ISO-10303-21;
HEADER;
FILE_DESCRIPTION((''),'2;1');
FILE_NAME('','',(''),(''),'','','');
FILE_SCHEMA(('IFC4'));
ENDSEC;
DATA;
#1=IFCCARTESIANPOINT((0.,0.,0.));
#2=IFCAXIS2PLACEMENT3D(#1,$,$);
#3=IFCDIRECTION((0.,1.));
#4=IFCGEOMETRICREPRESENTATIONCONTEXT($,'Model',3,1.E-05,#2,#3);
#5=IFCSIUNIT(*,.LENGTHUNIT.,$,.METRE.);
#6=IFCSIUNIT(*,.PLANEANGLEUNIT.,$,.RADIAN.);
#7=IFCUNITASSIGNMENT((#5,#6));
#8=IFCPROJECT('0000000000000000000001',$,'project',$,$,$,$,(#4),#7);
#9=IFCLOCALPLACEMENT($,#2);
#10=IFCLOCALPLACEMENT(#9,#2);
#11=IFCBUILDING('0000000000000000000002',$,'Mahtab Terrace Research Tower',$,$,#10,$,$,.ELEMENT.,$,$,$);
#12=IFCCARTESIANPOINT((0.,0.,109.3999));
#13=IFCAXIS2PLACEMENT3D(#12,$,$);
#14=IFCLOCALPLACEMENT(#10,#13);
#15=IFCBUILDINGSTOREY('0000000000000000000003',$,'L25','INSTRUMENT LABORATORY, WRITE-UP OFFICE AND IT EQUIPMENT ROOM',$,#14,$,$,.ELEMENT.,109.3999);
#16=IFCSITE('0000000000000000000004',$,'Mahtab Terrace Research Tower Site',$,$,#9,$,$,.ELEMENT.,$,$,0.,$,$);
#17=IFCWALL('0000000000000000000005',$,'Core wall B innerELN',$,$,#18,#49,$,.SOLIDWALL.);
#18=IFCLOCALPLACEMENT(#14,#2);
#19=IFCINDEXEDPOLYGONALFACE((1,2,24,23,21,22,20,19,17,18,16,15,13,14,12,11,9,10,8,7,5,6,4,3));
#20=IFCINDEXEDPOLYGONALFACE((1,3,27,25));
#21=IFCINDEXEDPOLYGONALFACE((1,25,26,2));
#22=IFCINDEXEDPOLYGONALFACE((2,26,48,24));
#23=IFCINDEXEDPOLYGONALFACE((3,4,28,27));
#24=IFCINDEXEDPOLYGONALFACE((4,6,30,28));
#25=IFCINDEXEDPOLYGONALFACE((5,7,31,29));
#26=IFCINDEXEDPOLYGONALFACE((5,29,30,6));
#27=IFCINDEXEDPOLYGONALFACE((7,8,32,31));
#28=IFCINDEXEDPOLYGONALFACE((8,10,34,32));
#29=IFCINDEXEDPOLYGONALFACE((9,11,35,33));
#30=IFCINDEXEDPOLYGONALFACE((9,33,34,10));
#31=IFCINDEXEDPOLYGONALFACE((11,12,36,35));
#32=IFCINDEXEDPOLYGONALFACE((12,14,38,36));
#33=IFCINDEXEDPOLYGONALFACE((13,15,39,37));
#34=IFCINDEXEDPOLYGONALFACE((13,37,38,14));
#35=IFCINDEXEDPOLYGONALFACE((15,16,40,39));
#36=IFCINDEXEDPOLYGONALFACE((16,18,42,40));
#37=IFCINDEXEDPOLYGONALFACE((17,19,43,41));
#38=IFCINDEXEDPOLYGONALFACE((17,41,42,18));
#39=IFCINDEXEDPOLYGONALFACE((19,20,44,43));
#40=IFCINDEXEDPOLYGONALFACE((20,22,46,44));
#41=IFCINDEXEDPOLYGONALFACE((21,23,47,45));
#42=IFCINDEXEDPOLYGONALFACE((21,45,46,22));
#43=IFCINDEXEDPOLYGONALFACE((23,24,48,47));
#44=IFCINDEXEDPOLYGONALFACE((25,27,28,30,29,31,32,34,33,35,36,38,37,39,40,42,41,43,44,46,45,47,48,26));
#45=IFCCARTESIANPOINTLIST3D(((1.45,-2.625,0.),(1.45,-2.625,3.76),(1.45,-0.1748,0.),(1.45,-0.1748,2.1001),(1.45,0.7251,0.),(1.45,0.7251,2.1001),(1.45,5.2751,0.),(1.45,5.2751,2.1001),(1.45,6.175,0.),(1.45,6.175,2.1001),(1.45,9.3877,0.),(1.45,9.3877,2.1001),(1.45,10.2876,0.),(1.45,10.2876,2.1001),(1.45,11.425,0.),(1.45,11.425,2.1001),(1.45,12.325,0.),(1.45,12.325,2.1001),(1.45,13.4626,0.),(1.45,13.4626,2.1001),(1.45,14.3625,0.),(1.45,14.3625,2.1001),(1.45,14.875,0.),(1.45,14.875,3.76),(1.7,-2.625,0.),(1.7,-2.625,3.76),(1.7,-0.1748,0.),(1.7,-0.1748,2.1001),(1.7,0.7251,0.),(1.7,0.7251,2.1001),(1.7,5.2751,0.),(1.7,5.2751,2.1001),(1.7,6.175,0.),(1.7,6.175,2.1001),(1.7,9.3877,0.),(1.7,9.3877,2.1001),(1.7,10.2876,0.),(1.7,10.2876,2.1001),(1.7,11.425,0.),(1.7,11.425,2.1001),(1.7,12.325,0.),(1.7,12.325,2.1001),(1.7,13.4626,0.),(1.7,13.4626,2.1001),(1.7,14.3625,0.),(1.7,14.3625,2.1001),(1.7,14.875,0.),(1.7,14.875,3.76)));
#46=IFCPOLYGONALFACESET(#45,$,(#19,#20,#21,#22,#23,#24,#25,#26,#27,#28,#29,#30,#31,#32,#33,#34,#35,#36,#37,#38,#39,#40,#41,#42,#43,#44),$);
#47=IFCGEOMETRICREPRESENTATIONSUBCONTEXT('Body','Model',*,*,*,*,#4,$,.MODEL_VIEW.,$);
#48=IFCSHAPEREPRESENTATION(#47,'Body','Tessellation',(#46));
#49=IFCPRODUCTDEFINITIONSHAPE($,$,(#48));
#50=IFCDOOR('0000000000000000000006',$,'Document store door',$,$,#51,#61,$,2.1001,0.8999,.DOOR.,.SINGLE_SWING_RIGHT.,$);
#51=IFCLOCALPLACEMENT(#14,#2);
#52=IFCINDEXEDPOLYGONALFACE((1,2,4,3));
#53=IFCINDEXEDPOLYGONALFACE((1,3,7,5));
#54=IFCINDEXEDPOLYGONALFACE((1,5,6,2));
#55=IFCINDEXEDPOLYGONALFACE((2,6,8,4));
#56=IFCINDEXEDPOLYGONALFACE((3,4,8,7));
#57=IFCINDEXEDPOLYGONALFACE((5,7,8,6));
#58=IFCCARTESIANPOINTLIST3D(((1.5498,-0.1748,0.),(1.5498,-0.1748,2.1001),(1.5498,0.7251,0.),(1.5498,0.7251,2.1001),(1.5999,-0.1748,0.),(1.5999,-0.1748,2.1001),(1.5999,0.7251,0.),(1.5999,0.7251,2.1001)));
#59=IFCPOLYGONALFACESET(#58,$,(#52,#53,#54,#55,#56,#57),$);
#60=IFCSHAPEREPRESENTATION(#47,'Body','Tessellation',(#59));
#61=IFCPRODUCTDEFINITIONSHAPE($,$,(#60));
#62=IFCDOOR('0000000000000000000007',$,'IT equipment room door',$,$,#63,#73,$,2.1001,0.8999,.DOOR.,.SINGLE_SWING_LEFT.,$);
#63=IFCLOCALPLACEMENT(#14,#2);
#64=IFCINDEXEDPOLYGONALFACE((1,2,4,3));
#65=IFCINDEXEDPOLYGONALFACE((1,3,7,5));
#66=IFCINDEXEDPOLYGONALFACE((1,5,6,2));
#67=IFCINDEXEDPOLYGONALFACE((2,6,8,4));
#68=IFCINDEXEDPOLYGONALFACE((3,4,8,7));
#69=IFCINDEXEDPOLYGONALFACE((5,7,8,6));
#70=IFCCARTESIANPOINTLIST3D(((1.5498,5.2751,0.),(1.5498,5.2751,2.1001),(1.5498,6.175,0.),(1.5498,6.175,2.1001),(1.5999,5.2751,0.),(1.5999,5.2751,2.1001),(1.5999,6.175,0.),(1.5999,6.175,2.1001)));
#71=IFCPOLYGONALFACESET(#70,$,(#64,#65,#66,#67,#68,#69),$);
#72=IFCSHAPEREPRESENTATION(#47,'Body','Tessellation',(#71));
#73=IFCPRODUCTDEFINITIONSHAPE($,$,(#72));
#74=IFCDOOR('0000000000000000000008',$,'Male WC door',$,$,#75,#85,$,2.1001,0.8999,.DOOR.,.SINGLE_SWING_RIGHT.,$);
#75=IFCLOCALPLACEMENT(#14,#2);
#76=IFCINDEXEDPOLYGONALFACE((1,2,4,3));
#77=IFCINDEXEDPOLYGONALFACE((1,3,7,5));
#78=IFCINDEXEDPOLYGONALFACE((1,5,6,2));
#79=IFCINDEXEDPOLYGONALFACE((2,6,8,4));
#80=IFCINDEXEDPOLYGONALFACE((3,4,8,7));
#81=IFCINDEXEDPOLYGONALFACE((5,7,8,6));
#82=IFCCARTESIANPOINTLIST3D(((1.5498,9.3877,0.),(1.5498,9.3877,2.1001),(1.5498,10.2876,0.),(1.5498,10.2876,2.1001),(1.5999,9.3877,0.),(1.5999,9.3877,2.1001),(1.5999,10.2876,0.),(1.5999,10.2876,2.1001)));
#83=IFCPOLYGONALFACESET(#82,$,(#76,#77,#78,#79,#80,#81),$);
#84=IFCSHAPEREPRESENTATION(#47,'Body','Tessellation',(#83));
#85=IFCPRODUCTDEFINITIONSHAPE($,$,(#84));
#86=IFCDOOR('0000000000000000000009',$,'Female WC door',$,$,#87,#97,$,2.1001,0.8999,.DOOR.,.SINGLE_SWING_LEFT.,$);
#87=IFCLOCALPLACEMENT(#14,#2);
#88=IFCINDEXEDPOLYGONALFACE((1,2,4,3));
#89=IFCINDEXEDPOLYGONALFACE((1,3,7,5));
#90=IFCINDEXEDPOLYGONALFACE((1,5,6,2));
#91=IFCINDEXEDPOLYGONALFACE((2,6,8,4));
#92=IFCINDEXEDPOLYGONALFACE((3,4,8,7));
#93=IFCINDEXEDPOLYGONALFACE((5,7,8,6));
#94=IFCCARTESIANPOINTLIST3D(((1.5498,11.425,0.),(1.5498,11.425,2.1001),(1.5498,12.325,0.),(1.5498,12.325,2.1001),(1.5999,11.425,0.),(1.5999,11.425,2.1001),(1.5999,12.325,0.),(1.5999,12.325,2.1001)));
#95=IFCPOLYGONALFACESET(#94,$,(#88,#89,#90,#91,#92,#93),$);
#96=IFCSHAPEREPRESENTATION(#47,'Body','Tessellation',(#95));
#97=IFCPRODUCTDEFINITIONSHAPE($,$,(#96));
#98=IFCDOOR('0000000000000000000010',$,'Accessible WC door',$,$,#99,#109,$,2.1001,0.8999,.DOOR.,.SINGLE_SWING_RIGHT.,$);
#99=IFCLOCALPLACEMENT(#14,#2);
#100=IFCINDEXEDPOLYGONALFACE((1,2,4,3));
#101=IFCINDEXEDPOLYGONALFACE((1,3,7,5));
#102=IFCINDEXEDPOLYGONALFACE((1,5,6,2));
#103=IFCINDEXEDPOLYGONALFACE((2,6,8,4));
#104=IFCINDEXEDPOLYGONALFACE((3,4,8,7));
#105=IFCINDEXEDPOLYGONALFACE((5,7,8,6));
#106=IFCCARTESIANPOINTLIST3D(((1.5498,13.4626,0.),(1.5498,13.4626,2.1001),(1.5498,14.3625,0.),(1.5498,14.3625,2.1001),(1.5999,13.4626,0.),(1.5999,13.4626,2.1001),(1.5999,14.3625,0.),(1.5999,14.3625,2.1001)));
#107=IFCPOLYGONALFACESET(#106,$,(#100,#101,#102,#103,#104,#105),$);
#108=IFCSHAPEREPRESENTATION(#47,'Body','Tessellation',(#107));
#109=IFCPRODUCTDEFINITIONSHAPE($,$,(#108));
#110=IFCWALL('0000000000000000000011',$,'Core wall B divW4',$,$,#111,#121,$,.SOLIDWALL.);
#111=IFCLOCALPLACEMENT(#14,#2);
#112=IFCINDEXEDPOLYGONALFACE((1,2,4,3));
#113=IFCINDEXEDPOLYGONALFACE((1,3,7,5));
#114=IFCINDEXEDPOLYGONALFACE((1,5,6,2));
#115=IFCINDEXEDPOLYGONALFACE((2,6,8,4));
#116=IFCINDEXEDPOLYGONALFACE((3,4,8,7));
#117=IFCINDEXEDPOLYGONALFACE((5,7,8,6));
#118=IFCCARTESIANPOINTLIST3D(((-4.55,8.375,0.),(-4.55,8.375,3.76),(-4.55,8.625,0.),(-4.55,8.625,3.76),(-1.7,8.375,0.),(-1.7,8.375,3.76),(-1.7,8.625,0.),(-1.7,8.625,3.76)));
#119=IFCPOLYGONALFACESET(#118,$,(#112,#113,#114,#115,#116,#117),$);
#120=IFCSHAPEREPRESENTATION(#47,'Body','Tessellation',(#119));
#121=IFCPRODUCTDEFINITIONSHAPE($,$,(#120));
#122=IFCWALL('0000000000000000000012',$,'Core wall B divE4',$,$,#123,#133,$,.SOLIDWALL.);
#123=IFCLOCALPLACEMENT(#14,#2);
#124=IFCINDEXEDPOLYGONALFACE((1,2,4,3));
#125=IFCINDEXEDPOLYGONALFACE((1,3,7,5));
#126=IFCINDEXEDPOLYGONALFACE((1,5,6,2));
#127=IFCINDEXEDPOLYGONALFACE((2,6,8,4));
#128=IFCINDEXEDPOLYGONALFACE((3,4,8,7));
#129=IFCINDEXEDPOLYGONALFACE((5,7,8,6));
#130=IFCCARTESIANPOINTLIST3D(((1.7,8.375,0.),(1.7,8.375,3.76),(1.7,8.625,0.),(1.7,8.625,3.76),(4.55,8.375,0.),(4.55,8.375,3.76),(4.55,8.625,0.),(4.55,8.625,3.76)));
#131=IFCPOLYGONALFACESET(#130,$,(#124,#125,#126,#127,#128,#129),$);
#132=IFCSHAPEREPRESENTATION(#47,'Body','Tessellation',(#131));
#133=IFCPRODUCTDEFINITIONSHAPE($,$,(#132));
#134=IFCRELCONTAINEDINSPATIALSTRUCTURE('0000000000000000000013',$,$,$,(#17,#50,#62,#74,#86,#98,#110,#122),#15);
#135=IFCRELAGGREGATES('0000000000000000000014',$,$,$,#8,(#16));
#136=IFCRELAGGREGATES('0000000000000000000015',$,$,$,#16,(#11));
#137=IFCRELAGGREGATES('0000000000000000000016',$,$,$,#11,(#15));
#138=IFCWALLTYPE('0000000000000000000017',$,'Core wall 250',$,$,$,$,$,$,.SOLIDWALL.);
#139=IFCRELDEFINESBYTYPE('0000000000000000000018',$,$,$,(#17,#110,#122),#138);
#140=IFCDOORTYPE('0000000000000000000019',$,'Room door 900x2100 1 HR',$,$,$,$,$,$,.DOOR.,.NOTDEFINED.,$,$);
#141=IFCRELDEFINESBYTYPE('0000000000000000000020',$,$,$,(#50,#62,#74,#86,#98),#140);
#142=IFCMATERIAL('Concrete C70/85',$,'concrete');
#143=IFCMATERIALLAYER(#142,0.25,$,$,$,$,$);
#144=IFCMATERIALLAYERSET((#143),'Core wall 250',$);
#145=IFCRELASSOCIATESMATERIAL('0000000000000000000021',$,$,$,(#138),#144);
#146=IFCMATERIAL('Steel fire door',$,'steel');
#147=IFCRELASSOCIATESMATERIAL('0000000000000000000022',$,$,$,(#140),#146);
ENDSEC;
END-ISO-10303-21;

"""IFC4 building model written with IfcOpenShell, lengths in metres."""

from ifc_helpers import new_model, si_unit, direction, frame, frame_2d, origin, place, context, subcontext, project, spatial, rectangle, extrude, material, layer, layer_set, type_object, element, fill, save


model = new_model("IFC4")

# Units and contexts
model_context = context("Model", 3, precision=1e-05, world=origin(), true_north=direction((0.0, 1.0)))
body_context = subcontext(model_context, "Body", "Model", "MODEL_VIEW")
ifc_project = project(units=[si_unit("LENGTHUNIT", "METRE"), si_unit("PLANEANGLEUNIT", "RADIAN")], contexts=[model_context])

# Site, building, storey
site_placement = place(None, origin())
site = spatial("IfcSite", under=ifc_project, at=site_placement, Name="Mahtab Terrace Research Tower Site", CompositionType="ELEMENT", RefElevation=0.0)
building_placement = place(site_placement, origin())
building = spatial("IfcBuilding", under=site, at=building_placement, Name="Mahtab Terrace Research Tower", CompositionType="ELEMENT")
storey_placement = place(building_placement, frame((0.0, 0.0, 109.3999)))
storey = spatial("IfcBuildingStorey", under=building, at=storey_placement, Name="L25", Description="INSTRUMENT LABORATORY, WRITE-UP OFFICE AND IT EQUIPMENT ROOM", CompositionType="ELEMENT", Elevation=109.3999)

# Shared definitions
ifc_material_1 = material(Name="Concrete C70/85", Category="concrete")

# Shared definitions
ifc_layer_1 = layer(ifc_material_1, 0.25)
ifc_layer_set_1 = layer_set([ifc_layer_1], Name="Core wall 250")
wall_type_1 = type_object("IfcWallType", Name="Core wall 250", PredefinedType="SOLIDWALL", material=ifc_layer_set_1)

# Shared definitions
ifc_material_2 = material(Name="Steel fire door", Category="steel")

# Wall, openings, doors
wall_1_placement = place(storey_placement, frame((1.575, 14.875, 0.0), z_axis=(0.0, 0.0, 1.0), x_axis=(0.0, -1.0, 0.0)))
wall_1 = element("IfcWall", 1, at=wall_1_placement, inside=storey, type_object=wall_type_1, Name="Core wall B innerELN", PredefinedType="SOLIDWALL", context=body_context, shape_type="SweptSolid", body=[
    extrude(rectangle(XDim=17.5, YDim=0.25, at=frame_2d((8.75, 0.0))), origin(), (0.0, 0.0, 1.0), 3.76),
])
opening_1_placement = place(wall_1_placement, frame((14.1499, 0.0, 0.0)))
opening_1 = element("IfcOpeningElement", 2, at=opening_1_placement, cuts=wall_1, PredefinedType="OPENING", context=body_context, shape_type="SweptSolid", body=[
    extrude(rectangle(XDim=0.8999, YDim=2.1001, at=frame_2d((0.45, 1.05))), frame((0.0, 0.135, 0.0), z_axis=(0.0, -1.0, 0.0), x_axis=(1.0, 0.0, 0.0)), (0.0, 0.0, 1.0), 0.27),
])
opening_2_placement = place(wall_1_placement, frame((8.7, 0.0, 0.0)))
opening_2 = element("IfcOpeningElement", 3, at=opening_2_placement, cuts=wall_1, PredefinedType="OPENING", context=body_context, shape_type="SweptSolid", body=[
    extrude(rectangle(XDim=0.8999, YDim=2.1001, at=frame_2d((0.45, 1.05))), frame((0.0, 0.135, 0.0), z_axis=(0.0, -1.0, 0.0), x_axis=(1.0, 0.0, 0.0)), (0.0, 0.0, 1.0), 0.27),
])
opening_3_placement = place(wall_1_placement, frame((4.5874, 0.0, 0.0)))
opening_3 = element("IfcOpeningElement", 4, at=opening_3_placement, cuts=wall_1, PredefinedType="OPENING", context=body_context, shape_type="SweptSolid", body=[
    extrude(rectangle(XDim=0.8999, YDim=2.1001, at=frame_2d((0.45, 1.05))), frame((0.0, 0.135, 0.0), z_axis=(0.0, -1.0, 0.0), x_axis=(1.0, 0.0, 0.0)), (0.0, 0.0, 1.0), 0.27),
])
opening_4_placement = place(wall_1_placement, frame((2.55, 0.0, 0.0)))
opening_4 = element("IfcOpeningElement", 5, at=opening_4_placement, cuts=wall_1, PredefinedType="OPENING", context=body_context, shape_type="SweptSolid", body=[
    extrude(rectangle(XDim=0.8999, YDim=2.1001, at=frame_2d((0.45, 1.05))), frame((0.0, 0.135, 0.0), z_axis=(0.0, -1.0, 0.0), x_axis=(1.0, 0.0, 0.0)), (0.0, 0.0, 1.0), 0.27),
])
opening_5_placement = place(wall_1_placement, frame((0.5125, 0.0, 0.0)))
opening_5 = element("IfcOpeningElement", 6, at=opening_5_placement, cuts=wall_1, PredefinedType="OPENING", context=body_context, shape_type="SweptSolid", body=[
    extrude(rectangle(XDim=0.8999, YDim=2.1001, at=frame_2d((0.45, 1.05))), frame((0.0, 0.135, 0.0), z_axis=(0.0, -1.0, 0.0), x_axis=(1.0, 0.0, 0.0)), (0.0, 0.0, 1.0), 0.27),
])
door_type_1 = type_object("IfcDoorType", Name="Room door 900x2100 1 HR", OperationType="NOTDEFINED", PredefinedType="DOOR", material=ifc_material_2)
door_1_placement = place(opening_1_placement, origin())
door_1 = element("IfcDoor", 7, at=door_1_placement, inside=storey, type_object=door_type_1, Name="Document store door", OperationType="SINGLE_SWING_RIGHT", OverallHeight=2.1001, OverallWidth=0.8999, PredefinedType="DOOR", context=body_context, shape_type="SweptSolid", body=[
    extrude(rectangle(XDim=0.8999, YDim=2.1001, at=frame_2d((0.45, 1.05))), frame((0.0, 0.0249, 0.0), z_axis=(0.0, -1.0, 0.0), x_axis=(1.0, 0.0, 0.0)), (0.0, 0.0, 1.0), 0.05),
])
fill(opening_1, door_1)
door_2_placement = place(opening_2_placement, origin())
door_2 = element("IfcDoor", 8, at=door_2_placement, inside=storey, type_object=door_type_1, Name="IT equipment room door", OperationType="SINGLE_SWING_LEFT", OverallHeight=2.1001, OverallWidth=0.8999, PredefinedType="DOOR", context=body_context, shape_type="SweptSolid", body=[
    extrude(rectangle(XDim=0.8999, YDim=2.1001, at=frame_2d((0.45, 1.05))), frame((0.0, 0.0249, 0.0), z_axis=(0.0, -1.0, 0.0), x_axis=(1.0, 0.0, 0.0)), (0.0, 0.0, 1.0), 0.05),
])
fill(opening_2, door_2)
door_3_placement = place(opening_3_placement, origin())
door_3 = element("IfcDoor", 9, at=door_3_placement, inside=storey, type_object=door_type_1, Name="Male WC door", OperationType="SINGLE_SWING_RIGHT", OverallHeight=2.1001, OverallWidth=0.8999, PredefinedType="DOOR", context=body_context, shape_type="SweptSolid", body=[
    extrude(rectangle(XDim=0.8999, YDim=2.1001, at=frame_2d((0.45, 1.05))), frame((0.0, 0.0249, 0.0), z_axis=(0.0, -1.0, 0.0), x_axis=(1.0, 0.0, 0.0)), (0.0, 0.0, 1.0), 0.05),
])
fill(opening_3, door_3)
door_4_placement = place(opening_4_placement, origin())
door_4 = element("IfcDoor", 10, at=door_4_placement, inside=storey, type_object=door_type_1, Name="Female WC door", OperationType="SINGLE_SWING_LEFT", OverallHeight=2.1001, OverallWidth=0.8999, PredefinedType="DOOR", context=body_context, shape_type="SweptSolid", body=[
    extrude(rectangle(XDim=0.8999, YDim=2.1001, at=frame_2d((0.45, 1.05))), frame((0.0, 0.0249, 0.0), z_axis=(0.0, -1.0, 0.0), x_axis=(1.0, 0.0, 0.0)), (0.0, 0.0, 1.0), 0.05),
])
fill(opening_4, door_4)
door_5_placement = place(opening_5_placement, origin())
door_5 = element("IfcDoor", 11, at=door_5_placement, inside=storey, type_object=door_type_1, Name="Accessible WC door", OperationType="SINGLE_SWING_RIGHT", OverallHeight=2.1001, OverallWidth=0.8999, PredefinedType="DOOR", context=body_context, shape_type="SweptSolid", body=[
    extrude(rectangle(XDim=0.8999, YDim=2.1001, at=frame_2d((0.45, 1.05))), frame((0.0, 0.0249, 0.0), z_axis=(0.0, -1.0, 0.0), x_axis=(1.0, 0.0, 0.0)), (0.0, 0.0, 1.0), 0.05),
])
fill(opening_5, door_5)

# Walls
for number, where, z_axis, x_axis, name in (
    (12, (-4.55, 8.5, 0.0), (0.0, 0.0, 1.0), (1.0, 0.0, 0.0), "Core wall B divW4"),
    (13, (1.7, 8.5, 0.0), (0.0, 0.0, 1.0), (1.0, 0.0, 0.0), "Core wall B divE4"),
):
    element("IfcWall", number, at=place(storey_placement, frame(where, z_axis=z_axis, x_axis=x_axis)), inside=storey, type_object=wall_type_1, Name=name, PredefinedType="SOLIDWALL", context=body_context, shape_type="SweptSolid", body=[
        extrude(rectangle(XDim=2.8501, YDim=0.25, at=frame_2d((1.425, 0.0))), origin(), (0.0, 0.0, 1.0), 3.76),
    ])

save(model, "model.ifc")
